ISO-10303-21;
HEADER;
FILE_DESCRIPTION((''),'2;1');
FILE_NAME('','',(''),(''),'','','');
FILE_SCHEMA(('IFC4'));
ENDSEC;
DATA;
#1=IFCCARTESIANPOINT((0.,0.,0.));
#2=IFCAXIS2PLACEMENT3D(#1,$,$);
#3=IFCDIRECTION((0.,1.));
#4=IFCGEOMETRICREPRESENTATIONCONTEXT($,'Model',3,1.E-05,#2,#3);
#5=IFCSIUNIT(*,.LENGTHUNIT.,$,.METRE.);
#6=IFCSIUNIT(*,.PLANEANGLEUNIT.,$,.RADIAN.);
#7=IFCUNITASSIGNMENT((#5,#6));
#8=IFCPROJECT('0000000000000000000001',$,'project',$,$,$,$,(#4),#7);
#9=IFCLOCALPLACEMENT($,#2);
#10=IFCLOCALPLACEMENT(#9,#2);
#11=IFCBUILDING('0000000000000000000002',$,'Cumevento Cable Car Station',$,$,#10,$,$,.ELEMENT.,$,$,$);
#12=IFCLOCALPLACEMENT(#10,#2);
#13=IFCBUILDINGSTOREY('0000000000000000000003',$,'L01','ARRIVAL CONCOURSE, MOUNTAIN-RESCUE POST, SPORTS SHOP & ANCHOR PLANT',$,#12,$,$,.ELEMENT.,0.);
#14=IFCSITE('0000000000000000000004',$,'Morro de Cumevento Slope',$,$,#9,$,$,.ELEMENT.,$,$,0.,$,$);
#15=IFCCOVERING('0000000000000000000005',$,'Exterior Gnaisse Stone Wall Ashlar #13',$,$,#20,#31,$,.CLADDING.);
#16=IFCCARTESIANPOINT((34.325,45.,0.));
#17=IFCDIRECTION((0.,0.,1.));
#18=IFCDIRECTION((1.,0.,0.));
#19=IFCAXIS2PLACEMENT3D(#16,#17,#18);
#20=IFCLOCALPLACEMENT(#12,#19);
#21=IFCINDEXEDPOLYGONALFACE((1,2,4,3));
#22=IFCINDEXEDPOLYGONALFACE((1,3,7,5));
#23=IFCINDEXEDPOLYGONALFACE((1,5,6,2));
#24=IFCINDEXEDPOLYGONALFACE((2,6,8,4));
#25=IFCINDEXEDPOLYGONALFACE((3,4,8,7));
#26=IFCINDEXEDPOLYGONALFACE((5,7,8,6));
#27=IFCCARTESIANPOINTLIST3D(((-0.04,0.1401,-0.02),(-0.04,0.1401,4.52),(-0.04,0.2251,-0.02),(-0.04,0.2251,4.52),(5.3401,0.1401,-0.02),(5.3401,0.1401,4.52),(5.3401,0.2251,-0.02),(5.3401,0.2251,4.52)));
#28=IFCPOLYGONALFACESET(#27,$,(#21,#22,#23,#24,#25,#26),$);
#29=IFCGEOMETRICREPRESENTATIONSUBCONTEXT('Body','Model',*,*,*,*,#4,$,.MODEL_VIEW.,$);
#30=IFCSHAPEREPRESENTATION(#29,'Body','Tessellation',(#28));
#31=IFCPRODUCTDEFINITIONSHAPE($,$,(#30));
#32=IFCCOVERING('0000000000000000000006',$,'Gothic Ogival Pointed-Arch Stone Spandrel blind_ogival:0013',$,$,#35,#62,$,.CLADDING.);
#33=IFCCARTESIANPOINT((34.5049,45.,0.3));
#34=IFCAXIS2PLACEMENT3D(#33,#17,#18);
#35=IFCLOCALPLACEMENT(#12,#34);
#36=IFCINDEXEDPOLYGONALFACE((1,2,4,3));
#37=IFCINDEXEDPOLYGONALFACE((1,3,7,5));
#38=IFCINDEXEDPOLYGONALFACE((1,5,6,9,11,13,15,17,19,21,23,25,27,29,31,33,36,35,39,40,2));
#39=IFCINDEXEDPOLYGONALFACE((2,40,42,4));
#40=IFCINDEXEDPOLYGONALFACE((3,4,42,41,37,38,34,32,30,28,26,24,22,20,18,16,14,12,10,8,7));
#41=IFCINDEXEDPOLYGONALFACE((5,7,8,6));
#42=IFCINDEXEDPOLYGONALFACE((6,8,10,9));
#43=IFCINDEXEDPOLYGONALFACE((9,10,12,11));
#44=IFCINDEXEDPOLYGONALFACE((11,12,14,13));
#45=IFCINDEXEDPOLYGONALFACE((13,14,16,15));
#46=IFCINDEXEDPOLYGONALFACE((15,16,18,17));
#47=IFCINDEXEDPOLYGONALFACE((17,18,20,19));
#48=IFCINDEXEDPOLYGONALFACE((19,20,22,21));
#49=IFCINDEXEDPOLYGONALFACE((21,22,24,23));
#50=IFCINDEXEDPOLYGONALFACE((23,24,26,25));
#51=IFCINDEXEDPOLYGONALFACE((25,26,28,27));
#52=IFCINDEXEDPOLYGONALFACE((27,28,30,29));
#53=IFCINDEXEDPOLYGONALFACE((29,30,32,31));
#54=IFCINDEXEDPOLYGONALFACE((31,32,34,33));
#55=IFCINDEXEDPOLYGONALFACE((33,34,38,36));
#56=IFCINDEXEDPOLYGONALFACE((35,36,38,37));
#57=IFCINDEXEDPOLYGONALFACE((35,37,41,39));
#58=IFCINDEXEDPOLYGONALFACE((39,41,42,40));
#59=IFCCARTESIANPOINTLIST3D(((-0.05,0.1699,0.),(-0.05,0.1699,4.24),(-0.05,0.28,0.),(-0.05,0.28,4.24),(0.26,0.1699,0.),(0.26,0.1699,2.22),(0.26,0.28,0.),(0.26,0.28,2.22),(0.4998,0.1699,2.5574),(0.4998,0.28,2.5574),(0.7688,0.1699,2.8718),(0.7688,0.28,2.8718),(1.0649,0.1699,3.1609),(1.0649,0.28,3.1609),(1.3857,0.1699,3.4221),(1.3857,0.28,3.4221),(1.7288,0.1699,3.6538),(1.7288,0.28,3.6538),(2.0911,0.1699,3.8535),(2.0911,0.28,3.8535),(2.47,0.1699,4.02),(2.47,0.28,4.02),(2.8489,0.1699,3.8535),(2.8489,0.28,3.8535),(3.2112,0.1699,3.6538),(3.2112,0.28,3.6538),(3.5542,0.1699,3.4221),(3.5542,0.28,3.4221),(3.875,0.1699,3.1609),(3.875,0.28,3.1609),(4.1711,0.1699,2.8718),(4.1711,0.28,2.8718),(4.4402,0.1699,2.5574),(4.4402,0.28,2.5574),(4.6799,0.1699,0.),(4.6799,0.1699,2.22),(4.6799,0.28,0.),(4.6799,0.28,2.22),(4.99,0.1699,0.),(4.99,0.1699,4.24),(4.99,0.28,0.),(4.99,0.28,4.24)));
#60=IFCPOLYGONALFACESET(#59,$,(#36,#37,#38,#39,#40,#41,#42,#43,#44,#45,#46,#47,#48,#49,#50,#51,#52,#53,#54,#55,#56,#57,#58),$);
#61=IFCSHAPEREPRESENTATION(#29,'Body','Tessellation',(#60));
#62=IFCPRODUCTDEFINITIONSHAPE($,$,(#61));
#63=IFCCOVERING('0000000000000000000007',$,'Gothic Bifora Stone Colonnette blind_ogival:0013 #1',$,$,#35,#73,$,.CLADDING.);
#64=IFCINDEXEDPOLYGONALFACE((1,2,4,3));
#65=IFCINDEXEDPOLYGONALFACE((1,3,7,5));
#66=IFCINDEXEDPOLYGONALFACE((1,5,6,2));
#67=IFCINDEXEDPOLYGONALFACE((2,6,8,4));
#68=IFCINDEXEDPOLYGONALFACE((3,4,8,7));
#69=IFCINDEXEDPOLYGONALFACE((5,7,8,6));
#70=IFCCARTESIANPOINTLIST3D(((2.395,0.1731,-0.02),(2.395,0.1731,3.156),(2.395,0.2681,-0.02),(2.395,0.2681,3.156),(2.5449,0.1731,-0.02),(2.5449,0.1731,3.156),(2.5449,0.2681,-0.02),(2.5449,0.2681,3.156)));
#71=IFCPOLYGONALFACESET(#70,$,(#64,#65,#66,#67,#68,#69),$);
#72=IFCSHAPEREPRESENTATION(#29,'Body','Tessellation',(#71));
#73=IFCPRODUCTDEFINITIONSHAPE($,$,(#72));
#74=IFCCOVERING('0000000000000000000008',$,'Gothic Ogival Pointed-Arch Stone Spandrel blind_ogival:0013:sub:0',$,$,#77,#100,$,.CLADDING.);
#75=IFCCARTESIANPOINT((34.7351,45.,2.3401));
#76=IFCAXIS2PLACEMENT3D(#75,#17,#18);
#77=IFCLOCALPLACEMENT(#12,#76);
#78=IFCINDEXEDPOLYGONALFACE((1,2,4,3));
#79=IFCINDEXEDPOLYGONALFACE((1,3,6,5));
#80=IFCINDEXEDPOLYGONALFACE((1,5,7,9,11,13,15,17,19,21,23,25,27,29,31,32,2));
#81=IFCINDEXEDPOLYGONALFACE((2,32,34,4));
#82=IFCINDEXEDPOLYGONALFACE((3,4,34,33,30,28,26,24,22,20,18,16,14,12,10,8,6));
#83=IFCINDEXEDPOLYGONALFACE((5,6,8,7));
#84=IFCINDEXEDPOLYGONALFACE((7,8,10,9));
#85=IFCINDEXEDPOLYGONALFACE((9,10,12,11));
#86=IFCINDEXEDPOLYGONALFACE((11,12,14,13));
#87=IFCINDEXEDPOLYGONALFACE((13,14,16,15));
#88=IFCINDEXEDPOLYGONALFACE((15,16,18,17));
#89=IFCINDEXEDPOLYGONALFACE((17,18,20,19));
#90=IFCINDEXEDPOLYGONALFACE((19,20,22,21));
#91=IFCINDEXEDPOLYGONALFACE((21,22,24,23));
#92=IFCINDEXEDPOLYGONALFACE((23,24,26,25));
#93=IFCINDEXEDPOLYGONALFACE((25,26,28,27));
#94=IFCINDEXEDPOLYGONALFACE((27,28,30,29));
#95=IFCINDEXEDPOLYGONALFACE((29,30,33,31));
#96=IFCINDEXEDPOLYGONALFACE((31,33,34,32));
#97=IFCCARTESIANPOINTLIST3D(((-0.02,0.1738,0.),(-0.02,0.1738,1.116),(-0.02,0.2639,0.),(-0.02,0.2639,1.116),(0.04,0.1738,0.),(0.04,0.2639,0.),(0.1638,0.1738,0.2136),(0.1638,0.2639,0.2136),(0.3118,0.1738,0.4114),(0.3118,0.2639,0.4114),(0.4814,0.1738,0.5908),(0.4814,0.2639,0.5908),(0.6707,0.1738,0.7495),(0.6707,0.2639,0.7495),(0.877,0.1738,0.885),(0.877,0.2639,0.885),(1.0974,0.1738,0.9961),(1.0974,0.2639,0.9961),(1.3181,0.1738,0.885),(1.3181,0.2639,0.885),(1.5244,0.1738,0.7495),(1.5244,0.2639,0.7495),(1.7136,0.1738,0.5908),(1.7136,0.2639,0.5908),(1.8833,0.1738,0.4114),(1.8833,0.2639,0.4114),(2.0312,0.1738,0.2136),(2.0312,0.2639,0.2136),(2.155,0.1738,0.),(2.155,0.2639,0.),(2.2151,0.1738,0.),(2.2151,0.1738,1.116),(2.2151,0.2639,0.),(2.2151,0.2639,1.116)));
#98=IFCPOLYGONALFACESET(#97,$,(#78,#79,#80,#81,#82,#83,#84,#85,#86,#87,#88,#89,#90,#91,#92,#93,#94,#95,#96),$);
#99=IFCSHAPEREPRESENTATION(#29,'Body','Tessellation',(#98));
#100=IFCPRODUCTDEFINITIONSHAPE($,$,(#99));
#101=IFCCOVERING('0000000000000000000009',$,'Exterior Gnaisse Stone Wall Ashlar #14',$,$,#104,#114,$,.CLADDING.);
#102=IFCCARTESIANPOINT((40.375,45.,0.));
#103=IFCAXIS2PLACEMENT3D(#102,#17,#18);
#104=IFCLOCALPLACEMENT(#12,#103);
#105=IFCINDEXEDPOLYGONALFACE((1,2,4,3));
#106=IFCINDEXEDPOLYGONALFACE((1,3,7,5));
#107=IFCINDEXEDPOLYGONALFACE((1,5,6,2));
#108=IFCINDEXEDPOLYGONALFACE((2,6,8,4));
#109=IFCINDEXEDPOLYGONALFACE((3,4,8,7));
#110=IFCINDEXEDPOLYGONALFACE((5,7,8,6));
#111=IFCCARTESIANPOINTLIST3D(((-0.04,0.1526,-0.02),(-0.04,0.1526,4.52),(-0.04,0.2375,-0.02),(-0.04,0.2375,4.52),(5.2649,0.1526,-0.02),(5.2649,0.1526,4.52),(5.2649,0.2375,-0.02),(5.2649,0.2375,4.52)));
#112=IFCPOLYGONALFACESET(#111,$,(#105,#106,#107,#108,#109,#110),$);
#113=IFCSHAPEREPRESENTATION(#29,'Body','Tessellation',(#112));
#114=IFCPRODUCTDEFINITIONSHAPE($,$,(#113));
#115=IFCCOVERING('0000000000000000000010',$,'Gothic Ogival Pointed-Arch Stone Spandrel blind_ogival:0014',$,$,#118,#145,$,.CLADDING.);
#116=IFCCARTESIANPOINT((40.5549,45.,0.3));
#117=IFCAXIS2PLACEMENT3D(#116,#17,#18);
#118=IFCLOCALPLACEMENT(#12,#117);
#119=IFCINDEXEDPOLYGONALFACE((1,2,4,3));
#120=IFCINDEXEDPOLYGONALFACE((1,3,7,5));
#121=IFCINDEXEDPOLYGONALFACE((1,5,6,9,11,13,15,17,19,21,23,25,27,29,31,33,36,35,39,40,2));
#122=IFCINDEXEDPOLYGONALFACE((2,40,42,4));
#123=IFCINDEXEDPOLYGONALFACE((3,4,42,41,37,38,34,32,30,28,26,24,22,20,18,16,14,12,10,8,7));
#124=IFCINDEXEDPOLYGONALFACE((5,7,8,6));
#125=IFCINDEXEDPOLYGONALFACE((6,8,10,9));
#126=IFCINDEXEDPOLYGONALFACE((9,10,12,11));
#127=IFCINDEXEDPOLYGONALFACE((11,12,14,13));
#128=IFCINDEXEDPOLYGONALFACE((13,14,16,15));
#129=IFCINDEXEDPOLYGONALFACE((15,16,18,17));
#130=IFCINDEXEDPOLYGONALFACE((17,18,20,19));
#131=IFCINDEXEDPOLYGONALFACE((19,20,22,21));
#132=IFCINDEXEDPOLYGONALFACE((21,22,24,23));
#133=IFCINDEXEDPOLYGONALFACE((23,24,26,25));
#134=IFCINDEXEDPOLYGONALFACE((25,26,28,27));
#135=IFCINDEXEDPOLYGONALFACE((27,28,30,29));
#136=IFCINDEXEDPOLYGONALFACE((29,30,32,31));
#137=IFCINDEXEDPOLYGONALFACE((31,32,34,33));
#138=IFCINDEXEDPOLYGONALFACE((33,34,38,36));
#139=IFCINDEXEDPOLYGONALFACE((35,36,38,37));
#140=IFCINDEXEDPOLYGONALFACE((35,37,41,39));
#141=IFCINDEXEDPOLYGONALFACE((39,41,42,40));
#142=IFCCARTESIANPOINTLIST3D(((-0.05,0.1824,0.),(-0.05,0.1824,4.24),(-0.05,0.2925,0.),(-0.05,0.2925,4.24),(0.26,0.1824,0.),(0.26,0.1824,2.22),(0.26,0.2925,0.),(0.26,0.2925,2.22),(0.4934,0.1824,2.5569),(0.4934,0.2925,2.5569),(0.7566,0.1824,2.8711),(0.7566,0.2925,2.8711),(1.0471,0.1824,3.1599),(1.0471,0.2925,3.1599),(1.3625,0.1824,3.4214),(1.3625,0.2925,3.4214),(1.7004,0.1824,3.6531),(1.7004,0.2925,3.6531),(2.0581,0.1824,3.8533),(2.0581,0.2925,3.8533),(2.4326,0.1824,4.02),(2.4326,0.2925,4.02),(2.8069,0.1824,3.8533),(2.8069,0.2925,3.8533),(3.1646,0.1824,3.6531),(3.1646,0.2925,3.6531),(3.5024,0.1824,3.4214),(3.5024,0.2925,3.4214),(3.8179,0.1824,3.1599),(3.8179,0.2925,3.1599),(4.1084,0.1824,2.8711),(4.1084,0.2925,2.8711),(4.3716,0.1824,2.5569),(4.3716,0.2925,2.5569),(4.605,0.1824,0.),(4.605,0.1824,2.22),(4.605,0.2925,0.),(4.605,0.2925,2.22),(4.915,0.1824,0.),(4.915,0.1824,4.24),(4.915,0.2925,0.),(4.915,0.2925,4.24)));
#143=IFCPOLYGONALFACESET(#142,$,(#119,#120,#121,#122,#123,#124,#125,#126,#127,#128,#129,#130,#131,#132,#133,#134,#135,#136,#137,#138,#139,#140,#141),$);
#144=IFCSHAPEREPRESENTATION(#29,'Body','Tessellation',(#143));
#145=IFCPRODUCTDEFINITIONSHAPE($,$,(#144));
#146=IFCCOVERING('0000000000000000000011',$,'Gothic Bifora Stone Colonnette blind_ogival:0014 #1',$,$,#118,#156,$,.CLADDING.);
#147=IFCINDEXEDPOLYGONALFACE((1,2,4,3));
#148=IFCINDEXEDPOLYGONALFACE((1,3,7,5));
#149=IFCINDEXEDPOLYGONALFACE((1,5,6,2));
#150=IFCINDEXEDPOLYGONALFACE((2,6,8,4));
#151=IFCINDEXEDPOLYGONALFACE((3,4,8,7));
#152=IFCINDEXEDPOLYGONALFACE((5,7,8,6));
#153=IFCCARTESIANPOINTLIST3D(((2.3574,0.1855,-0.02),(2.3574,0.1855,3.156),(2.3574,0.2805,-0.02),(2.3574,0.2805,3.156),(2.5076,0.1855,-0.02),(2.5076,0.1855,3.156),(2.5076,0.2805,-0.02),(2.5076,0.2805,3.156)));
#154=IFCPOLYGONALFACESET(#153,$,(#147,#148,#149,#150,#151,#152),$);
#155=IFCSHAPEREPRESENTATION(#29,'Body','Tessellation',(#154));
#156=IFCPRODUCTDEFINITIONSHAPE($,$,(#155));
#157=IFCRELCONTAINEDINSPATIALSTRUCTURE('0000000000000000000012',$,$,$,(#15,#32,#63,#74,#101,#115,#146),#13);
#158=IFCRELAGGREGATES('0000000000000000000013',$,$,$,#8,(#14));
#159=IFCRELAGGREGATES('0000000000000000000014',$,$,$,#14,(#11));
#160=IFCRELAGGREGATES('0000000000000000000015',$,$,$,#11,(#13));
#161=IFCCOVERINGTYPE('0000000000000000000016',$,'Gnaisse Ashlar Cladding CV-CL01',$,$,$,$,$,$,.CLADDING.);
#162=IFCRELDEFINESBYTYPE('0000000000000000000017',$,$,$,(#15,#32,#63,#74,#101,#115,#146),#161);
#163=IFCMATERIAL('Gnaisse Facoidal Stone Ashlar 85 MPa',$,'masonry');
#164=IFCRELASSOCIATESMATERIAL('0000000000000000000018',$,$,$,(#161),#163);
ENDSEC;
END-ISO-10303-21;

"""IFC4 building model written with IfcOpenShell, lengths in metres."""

from ifc_helpers import new_model, si_unit, direction, frame, origin, place, context, subcontext, project, spatial, polyline, outline, extrude, material, type_object, element, save


model = new_model("IFC4")

# Units and contexts
model_context = context("Model", 3, precision=1e-05, world=origin(), true_north=direction((0.0, 1.0)))
body_context = subcontext(model_context, "Body", "Model", "MODEL_VIEW")
ifc_project = project(units=[si_unit("LENGTHUNIT", "METRE"), si_unit("PLANEANGLEUNIT", "RADIAN")], contexts=[model_context])

# Site, building, storey
site_placement = place(None, origin())
site = spatial("IfcSite", under=ifc_project, at=site_placement, Name="Morro de Cumevento Slope", CompositionType="ELEMENT", RefElevation=0.0)
building_placement = place(site_placement, origin())
building = spatial("IfcBuilding", under=site, at=building_placement, Name="Cumevento Cable Car Station", CompositionType="ELEMENT")
storey_placement = place(building_placement, origin())
storey = spatial("IfcBuildingStorey", under=building, at=storey_placement, Name="L01", Description="ARRIVAL CONCOURSE, MOUNTAIN-RESCUE POST, SPORTS SHOP & ANCHOR PLANT", CompositionType="ELEMENT", Elevation=0.0)

# Coverings
ifc_material_1 = material(Name="Gnaisse Facoidal Stone Ashlar 85 MPa", Category="masonry")
covering_type = type_object("IfcCoveringType", Name="Gnaisse Ashlar Cladding CV-CL01", PredefinedType="CLADDING", material=ifc_material_1)
covering_1_placement = place(storey_placement, frame((34.325, 45.0, 0.0), z_axis=(0.0, 0.0, 1.0), x_axis=(1.0, 0.0, 0.0)))
element("IfcCovering", 1, at=covering_1_placement, inside=storey, type_object=covering_type, Name="Exterior Gnaisse Stone Wall Ashlar #13", PredefinedType="CLADDING", context=body_context, shape_type="SweptSolid", body=[
    extrude(outline(polyline([(-0.04, -0.02), (5.3401, -0.02), (5.3401, 4.52), (-0.04, 4.52), (-0.04, -0.02)])), frame((0.0, 0.2251, 0.0), z_axis=(0.0, -1.0, 0.0), x_axis=(1.0, 0.0, 0.0)), (0.0, 0.0, 1.0), 0.085),
])
placement_1 = place(storey_placement, frame((34.5049, 45.0, 0.3), z_axis=(0.0, 0.0, 1.0), x_axis=(1.0, 0.0, 0.0)))
element("IfcCovering", 2, at=placement_1, inside=storey, type_object=covering_type, Name="Gothic Ogival Pointed-Arch Stone Spandrel blind_ogival:0013", PredefinedType="CLADDING", context=body_context, shape_type="SweptSolid", body=[
    extrude(outline(polyline([(-0.05, 0.0), (-0.05, 4.24), (4.99, 4.24), (4.99, 0.0), (4.6799, 0.0), (4.6799, 2.22), (4.4402, 2.5574), (4.1711, 2.8718), (3.875, 3.1609), (3.5542, 3.4221), (3.2112, 3.6538), (2.8489, 3.8535), (2.47, 4.02), (2.0911, 3.8535), (1.7288, 3.6538), (1.3857, 3.4221), (1.0649, 3.1609), (0.7688, 2.8718), (0.4998, 2.5574), (0.26, 2.22), (0.26, 0.0), (-0.05, 0.0)])), frame((0.0, 0.28, 0.0), z_axis=(0.0, -1.0, 0.0), x_axis=(1.0, 0.0, 0.0)), (0.0, 0.0, 1.0), 0.1101),
])
element("IfcCovering", 3, at=placement_1, inside=storey, type_object=covering_type, Name="Gothic Bifora Stone Colonnette blind_ogival:0013 #1", PredefinedType="CLADDING", context=body_context, shape_type="SweptSolid", body=[
    extrude(outline(polyline([(2.395, -0.02), (2.5449, -0.02), (2.5449, 3.156), (2.395, 3.156), (2.395, -0.02)])), frame((0.0, 0.2681, 0.0), z_axis=(0.0, -1.0, 0.0), x_axis=(1.0, 0.0, 0.0)), (0.0, 0.0, 1.0), 0.095),
])
covering_2_placement = place(storey_placement, frame((34.7351, 45.0, 2.3401), z_axis=(0.0, 0.0, 1.0), x_axis=(1.0, 0.0, 0.0)))
element("IfcCovering", 4, at=covering_2_placement, inside=storey, type_object=covering_type, Name="Gothic Ogival Pointed-Arch Stone Spandrel blind_ogival:0013:sub:0", PredefinedType="CLADDING", context=body_context, shape_type="SweptSolid", body=[
    extrude(outline(polyline([(-0.02, 0.0), (-0.02, 1.116), (2.2151, 1.116), (2.2151, 0.0), (2.155, 0.0), (2.0312, 0.2136), (1.8833, 0.4114), (1.7136, 0.5908), (1.5244, 0.7495), (1.3181, 0.885), (1.0974, 0.9961), (0.877, 0.885), (0.6707, 0.7495), (0.4814, 0.5908), (0.3118, 0.4114), (0.1638, 0.2136), (0.04, 0.0), (-0.02, 0.0)])), frame((0.0, 0.2639, 0.0), z_axis=(0.0, -1.0, 0.0), x_axis=(1.0, 0.0, 0.0)), (0.0, 0.0, 1.0), 0.0901),
])
covering_3_placement = place(storey_placement, frame((40.375, 45.0, 0.0), z_axis=(0.0, 0.0, 1.0), x_axis=(1.0, 0.0, 0.0)))
element("IfcCovering", 5, at=covering_3_placement, inside=storey, type_object=covering_type, Name="Exterior Gnaisse Stone Wall Ashlar #14", PredefinedType="CLADDING", context=body_context, shape_type="SweptSolid", body=[
    extrude(outline(polyline([(-0.04, -0.02), (5.2649, -0.02), (5.2649, 4.52), (-0.04, 4.52), (-0.04, -0.02)])), frame((0.0, 0.2375, 0.0), z_axis=(0.0, -1.0, 0.0), x_axis=(1.0, 0.0, 0.0)), (0.0, 0.0, 1.0), 0.085),
])
placement_2 = place(storey_placement, frame((40.5549, 45.0, 0.3), z_axis=(0.0, 0.0, 1.0), x_axis=(1.0, 0.0, 0.0)))
element("IfcCovering", 6, at=placement_2, inside=storey, type_object=covering_type, Name="Gothic Ogival Pointed-Arch Stone Spandrel blind_ogival:0014", PredefinedType="CLADDING", context=body_context, shape_type="SweptSolid", body=[
    extrude(outline(polyline([(-0.05, 0.0), (-0.05, 4.24), (4.915, 4.24), (4.915, 0.0), (4.605, 0.0), (4.605, 2.22), (4.3716, 2.5569), (4.1084, 2.8711), (3.8179, 3.1599), (3.5024, 3.4214), (3.1646, 3.6531), (2.8069, 3.8533), (2.4326, 4.02), (2.0581, 3.8533), (1.7004, 3.6531), (1.3625, 3.4214), (1.0471, 3.1599), (0.7566, 2.8711), (0.4934, 2.5569), (0.26, 2.22), (0.26, 0.0), (-0.05, 0.0)])), frame((0.0, 0.2925, 0.0), z_axis=(0.0, -1.0, 0.0), x_axis=(1.0, 0.0, 0.0)), (0.0, 0.0, 1.0), 0.1101),
])
element("IfcCovering", 7, at=placement_2, inside=storey, type_object=covering_type, Name="Gothic Bifora Stone Colonnette blind_ogival:0014 #1", PredefinedType="CLADDING", context=body_context, shape_type="SweptSolid", body=[
    extrude(outline(polyline([(2.3574, -0.02), (2.5076, -0.02), (2.5076, 3.156), (2.3574, 3.156), (2.3574, -0.02)])), frame((0.0, 0.2805, 0.0), z_axis=(0.0, -1.0, 0.0), x_axis=(1.0, 0.0, 0.0)), (0.0, 0.0, 1.0), 0.095),
])

save(model, "model.ifc")
